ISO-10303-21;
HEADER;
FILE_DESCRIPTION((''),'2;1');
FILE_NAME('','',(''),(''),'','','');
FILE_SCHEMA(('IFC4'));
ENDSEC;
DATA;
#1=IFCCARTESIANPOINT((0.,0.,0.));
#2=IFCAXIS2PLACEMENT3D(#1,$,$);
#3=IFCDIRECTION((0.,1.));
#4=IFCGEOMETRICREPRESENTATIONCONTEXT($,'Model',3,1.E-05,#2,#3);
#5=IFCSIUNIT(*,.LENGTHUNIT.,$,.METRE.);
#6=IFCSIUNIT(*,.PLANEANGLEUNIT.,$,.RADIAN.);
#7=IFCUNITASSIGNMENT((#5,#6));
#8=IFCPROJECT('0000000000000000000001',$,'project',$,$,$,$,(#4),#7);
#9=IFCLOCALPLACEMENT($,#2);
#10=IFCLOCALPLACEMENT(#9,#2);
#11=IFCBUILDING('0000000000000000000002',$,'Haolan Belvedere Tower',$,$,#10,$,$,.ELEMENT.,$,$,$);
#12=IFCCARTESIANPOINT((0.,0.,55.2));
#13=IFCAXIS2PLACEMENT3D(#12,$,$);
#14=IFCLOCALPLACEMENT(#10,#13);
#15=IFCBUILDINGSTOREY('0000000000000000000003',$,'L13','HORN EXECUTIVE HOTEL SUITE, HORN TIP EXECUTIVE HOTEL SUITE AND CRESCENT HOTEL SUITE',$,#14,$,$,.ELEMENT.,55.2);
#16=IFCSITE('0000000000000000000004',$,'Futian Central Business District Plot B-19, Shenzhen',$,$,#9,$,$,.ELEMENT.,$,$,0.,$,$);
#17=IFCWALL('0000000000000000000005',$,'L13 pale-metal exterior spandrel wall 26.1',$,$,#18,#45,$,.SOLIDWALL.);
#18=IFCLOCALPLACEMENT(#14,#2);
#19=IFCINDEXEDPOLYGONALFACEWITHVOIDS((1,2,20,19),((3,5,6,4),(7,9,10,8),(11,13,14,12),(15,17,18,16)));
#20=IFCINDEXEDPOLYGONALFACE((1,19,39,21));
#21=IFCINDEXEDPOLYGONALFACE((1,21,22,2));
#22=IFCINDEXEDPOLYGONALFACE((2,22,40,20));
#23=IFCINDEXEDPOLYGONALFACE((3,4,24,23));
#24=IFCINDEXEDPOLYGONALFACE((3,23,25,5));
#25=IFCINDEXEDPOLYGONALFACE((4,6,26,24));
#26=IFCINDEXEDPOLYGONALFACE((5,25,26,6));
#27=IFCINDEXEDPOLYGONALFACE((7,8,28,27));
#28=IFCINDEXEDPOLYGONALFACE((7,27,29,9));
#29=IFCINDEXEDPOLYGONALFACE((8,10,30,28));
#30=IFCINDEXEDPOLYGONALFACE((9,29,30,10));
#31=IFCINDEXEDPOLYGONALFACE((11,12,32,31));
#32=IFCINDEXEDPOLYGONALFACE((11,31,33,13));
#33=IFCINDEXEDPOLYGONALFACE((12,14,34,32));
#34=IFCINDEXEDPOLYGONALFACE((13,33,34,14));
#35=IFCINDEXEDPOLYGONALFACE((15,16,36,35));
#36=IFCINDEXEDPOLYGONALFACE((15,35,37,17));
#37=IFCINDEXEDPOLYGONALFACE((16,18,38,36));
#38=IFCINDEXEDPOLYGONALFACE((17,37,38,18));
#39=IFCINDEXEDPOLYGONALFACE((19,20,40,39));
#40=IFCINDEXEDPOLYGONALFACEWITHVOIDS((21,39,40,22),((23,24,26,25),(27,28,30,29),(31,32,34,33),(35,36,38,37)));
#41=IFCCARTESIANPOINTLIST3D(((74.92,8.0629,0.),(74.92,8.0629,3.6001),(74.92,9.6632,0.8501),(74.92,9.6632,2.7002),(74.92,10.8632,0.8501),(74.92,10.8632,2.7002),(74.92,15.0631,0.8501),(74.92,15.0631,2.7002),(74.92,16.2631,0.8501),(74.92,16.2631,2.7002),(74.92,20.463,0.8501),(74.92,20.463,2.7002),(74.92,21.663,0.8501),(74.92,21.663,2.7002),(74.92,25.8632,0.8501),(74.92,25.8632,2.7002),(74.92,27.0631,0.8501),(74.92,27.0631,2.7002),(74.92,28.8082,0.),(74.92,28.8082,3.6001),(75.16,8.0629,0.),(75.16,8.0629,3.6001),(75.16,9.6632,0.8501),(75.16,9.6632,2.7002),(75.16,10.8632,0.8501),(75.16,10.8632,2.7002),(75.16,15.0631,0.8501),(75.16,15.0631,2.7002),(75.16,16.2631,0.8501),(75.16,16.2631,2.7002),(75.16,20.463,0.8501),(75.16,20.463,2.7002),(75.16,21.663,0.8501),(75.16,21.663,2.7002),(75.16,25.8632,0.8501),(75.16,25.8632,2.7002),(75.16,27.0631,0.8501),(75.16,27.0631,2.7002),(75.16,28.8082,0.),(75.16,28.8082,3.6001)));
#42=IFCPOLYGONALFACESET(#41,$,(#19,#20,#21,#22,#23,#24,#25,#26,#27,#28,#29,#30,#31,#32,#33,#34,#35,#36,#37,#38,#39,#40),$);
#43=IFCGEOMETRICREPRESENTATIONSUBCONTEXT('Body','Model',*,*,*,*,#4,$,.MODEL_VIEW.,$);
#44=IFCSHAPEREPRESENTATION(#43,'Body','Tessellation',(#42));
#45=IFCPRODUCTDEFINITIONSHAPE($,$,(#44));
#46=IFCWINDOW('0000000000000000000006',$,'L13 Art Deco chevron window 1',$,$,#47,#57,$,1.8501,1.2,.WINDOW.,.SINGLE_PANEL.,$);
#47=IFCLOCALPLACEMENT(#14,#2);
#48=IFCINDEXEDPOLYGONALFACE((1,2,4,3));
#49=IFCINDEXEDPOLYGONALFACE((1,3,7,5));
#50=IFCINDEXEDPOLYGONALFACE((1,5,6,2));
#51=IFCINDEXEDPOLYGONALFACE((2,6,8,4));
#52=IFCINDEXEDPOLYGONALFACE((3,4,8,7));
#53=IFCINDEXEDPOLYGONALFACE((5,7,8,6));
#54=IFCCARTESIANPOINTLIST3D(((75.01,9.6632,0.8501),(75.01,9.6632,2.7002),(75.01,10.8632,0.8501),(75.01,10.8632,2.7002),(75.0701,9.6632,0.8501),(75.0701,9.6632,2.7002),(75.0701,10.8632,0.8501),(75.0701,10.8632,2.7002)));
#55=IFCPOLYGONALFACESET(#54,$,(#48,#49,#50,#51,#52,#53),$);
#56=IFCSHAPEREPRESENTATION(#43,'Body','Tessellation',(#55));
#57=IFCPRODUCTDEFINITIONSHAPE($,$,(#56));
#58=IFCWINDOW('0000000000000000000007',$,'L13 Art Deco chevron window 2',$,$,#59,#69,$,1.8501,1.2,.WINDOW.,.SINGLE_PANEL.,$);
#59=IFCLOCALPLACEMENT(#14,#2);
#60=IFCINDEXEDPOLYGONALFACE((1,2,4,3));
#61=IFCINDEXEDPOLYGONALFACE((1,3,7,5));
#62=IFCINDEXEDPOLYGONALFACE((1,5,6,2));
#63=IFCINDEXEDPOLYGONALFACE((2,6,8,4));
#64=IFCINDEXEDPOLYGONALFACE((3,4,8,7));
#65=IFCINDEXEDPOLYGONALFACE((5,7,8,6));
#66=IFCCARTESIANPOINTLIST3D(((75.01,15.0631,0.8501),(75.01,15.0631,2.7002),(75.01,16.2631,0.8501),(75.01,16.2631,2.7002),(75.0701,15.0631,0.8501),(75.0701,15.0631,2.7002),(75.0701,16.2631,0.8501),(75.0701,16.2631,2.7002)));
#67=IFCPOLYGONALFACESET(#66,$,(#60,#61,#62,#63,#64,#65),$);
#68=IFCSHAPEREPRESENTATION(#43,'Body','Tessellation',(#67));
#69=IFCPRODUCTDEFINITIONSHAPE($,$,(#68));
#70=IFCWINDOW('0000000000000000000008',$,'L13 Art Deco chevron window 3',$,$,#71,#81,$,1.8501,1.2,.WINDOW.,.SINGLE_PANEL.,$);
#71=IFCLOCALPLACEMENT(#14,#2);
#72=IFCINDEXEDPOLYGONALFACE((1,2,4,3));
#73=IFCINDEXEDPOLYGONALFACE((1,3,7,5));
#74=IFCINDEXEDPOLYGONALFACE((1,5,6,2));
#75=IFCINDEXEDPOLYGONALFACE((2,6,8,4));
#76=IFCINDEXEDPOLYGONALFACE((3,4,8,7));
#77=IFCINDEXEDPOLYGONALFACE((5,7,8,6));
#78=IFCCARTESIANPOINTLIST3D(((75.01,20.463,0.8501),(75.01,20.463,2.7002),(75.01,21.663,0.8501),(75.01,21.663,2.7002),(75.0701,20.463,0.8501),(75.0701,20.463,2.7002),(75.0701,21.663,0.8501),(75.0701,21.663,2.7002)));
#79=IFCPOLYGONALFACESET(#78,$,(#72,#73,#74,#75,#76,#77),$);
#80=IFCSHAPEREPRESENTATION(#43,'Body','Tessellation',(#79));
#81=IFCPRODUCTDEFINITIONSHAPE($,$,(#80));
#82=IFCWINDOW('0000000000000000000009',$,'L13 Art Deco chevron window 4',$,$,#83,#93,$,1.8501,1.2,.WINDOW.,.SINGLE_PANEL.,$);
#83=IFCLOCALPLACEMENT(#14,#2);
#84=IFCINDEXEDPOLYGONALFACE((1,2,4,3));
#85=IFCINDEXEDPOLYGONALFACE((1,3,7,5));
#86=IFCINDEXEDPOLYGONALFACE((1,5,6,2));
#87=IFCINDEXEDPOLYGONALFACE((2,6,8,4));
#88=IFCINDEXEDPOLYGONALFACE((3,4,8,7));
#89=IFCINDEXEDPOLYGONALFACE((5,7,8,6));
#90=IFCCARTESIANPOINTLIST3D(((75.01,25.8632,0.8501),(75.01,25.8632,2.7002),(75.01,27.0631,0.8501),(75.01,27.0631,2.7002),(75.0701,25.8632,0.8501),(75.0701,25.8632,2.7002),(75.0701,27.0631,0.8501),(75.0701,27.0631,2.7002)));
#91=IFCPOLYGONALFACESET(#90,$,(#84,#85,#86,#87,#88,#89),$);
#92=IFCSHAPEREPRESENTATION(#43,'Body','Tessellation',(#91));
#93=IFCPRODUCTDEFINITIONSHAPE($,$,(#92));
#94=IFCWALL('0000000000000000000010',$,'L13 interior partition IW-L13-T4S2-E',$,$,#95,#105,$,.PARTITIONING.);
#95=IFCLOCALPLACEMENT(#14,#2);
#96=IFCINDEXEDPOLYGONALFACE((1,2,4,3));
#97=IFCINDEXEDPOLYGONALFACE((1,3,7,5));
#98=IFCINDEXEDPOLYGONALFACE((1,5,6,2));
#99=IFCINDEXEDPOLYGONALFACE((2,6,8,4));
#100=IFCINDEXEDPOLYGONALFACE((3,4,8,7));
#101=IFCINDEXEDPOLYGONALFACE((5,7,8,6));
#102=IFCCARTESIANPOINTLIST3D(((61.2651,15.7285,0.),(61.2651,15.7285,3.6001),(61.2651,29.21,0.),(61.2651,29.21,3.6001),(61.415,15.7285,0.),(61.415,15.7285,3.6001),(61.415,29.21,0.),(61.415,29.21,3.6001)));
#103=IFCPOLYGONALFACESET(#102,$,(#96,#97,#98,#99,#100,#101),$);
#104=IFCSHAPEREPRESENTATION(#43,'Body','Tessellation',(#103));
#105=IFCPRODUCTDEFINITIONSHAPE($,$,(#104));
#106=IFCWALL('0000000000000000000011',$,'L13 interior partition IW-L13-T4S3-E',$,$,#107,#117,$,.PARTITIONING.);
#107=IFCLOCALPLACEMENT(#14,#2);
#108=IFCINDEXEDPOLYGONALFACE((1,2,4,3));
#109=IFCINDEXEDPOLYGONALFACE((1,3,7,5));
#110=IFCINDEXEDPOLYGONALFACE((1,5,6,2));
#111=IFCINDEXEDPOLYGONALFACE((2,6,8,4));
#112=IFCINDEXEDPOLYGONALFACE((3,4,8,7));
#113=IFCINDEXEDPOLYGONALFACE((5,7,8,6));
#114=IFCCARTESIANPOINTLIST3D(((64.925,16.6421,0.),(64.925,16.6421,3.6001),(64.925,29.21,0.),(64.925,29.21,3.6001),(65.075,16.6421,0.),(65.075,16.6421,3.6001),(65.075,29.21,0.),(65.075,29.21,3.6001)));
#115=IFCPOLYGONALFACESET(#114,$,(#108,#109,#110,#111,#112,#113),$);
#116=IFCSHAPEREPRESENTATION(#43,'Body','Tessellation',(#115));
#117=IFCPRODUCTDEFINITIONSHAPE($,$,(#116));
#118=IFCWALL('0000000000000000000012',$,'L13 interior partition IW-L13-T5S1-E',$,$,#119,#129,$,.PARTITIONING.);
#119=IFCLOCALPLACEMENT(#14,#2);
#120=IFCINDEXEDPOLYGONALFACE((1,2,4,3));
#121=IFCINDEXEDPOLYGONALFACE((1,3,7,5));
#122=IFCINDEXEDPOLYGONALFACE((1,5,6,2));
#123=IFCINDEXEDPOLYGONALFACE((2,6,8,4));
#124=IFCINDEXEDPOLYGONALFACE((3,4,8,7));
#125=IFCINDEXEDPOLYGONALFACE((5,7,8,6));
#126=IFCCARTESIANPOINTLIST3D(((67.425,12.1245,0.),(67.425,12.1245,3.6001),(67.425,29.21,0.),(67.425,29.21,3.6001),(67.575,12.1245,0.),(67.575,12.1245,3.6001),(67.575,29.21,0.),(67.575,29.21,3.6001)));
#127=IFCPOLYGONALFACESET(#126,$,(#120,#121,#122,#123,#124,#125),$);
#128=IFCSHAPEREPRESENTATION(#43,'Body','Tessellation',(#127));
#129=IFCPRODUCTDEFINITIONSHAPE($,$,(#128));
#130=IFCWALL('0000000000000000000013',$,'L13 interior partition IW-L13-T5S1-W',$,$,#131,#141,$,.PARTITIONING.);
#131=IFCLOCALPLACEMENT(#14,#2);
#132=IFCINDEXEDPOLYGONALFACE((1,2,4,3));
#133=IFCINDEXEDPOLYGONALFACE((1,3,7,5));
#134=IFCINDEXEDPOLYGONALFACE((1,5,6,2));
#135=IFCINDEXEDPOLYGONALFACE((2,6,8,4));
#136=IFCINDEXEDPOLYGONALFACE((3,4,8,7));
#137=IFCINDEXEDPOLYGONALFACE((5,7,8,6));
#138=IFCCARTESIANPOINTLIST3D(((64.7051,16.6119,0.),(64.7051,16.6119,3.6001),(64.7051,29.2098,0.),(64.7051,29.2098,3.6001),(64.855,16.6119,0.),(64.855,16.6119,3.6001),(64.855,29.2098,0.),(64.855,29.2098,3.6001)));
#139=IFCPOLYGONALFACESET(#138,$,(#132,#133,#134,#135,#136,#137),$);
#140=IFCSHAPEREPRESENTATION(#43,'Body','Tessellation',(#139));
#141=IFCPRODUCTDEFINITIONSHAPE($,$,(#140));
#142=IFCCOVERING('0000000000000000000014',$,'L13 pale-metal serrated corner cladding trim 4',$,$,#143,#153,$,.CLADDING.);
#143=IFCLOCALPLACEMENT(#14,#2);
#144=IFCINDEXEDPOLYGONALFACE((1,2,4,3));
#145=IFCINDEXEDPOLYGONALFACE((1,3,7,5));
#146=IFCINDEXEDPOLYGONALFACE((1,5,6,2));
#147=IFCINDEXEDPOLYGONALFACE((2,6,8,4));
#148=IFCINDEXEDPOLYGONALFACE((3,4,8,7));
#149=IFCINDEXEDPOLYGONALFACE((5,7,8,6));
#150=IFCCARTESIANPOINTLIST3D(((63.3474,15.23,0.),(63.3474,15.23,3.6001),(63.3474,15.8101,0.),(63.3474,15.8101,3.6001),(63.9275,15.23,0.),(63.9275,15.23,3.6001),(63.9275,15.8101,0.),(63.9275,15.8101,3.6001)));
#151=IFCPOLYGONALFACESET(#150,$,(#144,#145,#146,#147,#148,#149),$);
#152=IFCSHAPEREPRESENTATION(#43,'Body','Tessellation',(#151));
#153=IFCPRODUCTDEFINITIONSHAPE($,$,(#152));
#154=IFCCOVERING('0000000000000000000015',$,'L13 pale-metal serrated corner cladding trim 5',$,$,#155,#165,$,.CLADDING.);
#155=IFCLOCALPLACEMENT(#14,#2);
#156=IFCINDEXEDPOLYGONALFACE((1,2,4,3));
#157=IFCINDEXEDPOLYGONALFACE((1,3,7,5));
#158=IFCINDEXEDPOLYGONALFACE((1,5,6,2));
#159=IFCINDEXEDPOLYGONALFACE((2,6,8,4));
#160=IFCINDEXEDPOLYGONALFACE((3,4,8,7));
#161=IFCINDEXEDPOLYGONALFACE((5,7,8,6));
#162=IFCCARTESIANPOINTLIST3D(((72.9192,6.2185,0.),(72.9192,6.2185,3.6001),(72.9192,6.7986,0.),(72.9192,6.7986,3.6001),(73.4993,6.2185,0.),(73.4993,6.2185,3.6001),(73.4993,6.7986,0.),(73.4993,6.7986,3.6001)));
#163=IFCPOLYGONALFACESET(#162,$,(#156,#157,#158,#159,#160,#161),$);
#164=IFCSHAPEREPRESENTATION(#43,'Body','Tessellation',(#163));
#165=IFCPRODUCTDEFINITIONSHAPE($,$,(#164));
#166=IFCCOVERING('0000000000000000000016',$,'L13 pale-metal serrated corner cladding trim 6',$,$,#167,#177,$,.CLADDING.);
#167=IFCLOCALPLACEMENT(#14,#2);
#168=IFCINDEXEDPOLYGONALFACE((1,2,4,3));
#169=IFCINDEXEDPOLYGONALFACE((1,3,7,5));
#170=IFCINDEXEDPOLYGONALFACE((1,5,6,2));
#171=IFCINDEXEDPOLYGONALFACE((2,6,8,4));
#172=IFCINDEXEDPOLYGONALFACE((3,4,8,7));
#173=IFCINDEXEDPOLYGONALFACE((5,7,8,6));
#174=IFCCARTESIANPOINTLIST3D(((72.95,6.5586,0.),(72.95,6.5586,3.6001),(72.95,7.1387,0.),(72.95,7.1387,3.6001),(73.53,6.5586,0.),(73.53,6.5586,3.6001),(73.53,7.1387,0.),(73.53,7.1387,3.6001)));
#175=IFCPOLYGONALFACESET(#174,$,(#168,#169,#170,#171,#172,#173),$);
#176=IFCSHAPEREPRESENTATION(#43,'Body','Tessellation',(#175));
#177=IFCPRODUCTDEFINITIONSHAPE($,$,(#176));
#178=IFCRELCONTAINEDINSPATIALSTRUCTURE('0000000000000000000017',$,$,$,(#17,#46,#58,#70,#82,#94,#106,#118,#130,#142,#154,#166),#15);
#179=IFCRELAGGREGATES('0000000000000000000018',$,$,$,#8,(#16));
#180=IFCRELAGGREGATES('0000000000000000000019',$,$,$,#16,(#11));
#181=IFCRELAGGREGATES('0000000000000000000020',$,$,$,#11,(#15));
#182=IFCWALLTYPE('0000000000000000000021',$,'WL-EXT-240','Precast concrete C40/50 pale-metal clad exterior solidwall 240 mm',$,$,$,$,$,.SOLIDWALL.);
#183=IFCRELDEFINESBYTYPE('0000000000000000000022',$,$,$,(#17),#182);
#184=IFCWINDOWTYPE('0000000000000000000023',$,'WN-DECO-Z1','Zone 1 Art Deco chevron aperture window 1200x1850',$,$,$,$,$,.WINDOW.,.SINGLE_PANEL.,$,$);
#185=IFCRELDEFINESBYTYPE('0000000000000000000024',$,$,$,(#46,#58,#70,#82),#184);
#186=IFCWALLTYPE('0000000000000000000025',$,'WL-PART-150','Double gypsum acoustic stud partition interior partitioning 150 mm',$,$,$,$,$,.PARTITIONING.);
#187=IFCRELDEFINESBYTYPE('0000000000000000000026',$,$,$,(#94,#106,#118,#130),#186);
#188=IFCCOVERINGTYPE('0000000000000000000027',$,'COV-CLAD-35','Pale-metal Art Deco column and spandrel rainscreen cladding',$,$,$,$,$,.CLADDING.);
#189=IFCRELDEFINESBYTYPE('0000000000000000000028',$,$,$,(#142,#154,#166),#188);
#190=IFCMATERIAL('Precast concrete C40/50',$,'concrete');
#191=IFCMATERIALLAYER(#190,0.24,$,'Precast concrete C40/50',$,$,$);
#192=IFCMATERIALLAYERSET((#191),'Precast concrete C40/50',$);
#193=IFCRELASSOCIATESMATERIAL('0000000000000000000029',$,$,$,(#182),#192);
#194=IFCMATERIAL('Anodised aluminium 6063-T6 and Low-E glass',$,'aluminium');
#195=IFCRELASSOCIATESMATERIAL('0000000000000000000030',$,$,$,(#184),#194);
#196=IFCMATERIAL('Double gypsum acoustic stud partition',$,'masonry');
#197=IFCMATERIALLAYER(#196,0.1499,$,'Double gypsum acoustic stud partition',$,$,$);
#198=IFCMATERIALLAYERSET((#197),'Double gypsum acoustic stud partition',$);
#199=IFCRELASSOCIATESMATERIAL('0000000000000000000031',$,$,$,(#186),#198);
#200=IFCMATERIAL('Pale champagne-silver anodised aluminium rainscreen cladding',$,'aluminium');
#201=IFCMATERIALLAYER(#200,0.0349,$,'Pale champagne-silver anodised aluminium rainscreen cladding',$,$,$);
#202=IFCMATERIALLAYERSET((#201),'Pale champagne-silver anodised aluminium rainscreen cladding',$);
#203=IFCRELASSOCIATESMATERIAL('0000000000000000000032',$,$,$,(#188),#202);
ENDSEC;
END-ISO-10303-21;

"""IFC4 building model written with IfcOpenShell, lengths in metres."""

from ifc_helpers import new_model, si_unit, direction, frame, frame_2d, origin, origin_2d, place, context, subcontext, project, spatial, rectangle, extrude, material, layer, layer_set, type_object, element, fill, save


model = new_model("IFC4")

# Units and contexts
model_context = context("Model", 3, precision=1e-05, world=origin(), true_north=direction((0.0, 1.0)))
body_context = subcontext(model_context, "Body", "Model", "MODEL_VIEW")
ifc_project = project(units=[si_unit("LENGTHUNIT", "METRE"), si_unit("PLANEANGLEUNIT", "RADIAN")], contexts=[model_context])

# Site, building, storey
site_placement = place(None, origin())
site = spatial("IfcSite", under=ifc_project, at=site_placement, Name="Futian Central Business District Plot B-19, Shenzhen", CompositionType="ELEMENT", RefElevation=0.0)
building_placement = place(site_placement, origin())
building = spatial("IfcBuilding", under=site, at=building_placement, Name="Haolan Belvedere Tower", CompositionType="ELEMENT")
storey_placement = place(building_placement, frame((0.0, 0.0, 55.2)))
storey = spatial("IfcBuildingStorey", under=building, at=storey_placement, Name="L13", Description="HORN EXECUTIVE HOTEL SUITE, HORN TIP EXECUTIVE HOTEL SUITE AND CRESCENT HOTEL SUITE", CompositionType="ELEMENT", Elevation=55.2)

# Shared definitions
ifc_material_1 = material(Name="Precast concrete C40/50", Category="concrete")
ifc_layer_1 = layer(ifc_material_1, 0.24, Name="Precast concrete C40/50")
ifc_layer_set_1 = layer_set([ifc_layer_1], Name="Precast concrete C40/50")
wall_type_1 = type_object("IfcWallType", Name="WL-EXT-240", Description="Precast concrete C40/50 pale-metal clad exterior solidwall 240 mm", PredefinedType="SOLIDWALL", material=ifc_layer_set_1)

# Shared definitions
ifc_material_2 = material(Name="Anodised aluminium 6063-T6 and Low-E glass", Category="aluminium")
window_type = type_object("IfcWindowType", Name="WN-DECO-Z1", Description="Zone 1 Art Deco chevron aperture window 1200x1850", PartitioningType="SINGLE_PANEL", PredefinedType="WINDOW", material=ifc_material_2)

# Wall, openings, windows
wall_1_placement = place(storey_placement, frame((75.04, 8.063, 0.0), z_axis=(0.0, 0.0, 1.0), x_axis=(0.0, 1.0, 0.0)))
wall_1 = element("IfcWall", 1, at=wall_1_placement, inside=storey, type_object=wall_type_1, Name="L13 pale-metal exterior spandrel wall 26.1", PredefinedType="SOLIDWALL", context=body_context, shape_type="SweptSolid", body=[
    extrude(rectangle(XDim=20.7454, YDim=0.24, at=frame_2d((10.3726, 0.0))), origin(), (0.0, 0.0, 1.0), 3.6001),
])
opening_1_placement = place(wall_1_placement, frame((1.6001, 0.0, 0.8501)))
opening_1 = element("IfcOpeningElement", 2, at=opening_1_placement, cuts=wall_1, PredefinedType="OPENING", context=body_context, shape_type="SweptSolid", body=[
    extrude(rectangle(XDim=1.2, YDim=1.8501, at=frame_2d((0.6001, 0.925))), frame((0.0, 0.1299, 0.0), z_axis=(0.0, -1.0, 0.0), x_axis=(1.0, 0.0, 0.0)), (0.0, 0.0, 1.0), 0.26),
])
opening_2_placement = place(wall_1_placement, frame((7.0, 0.0, 0.8501)))
opening_2 = element("IfcOpeningElement", 3, at=opening_2_placement, cuts=wall_1, PredefinedType="OPENING", context=body_context, shape_type="SweptSolid", body=[
    extrude(rectangle(XDim=1.2, YDim=1.8501, at=frame_2d((0.6001, 0.925))), frame((0.0, 0.1299, 0.0), z_axis=(0.0, -1.0, 0.0), x_axis=(1.0, 0.0, 0.0)), (0.0, 0.0, 1.0), 0.26),
])
opening_3_placement = place(wall_1_placement, frame((12.3999, 0.0, 0.8501)))
opening_3 = element("IfcOpeningElement", 4, at=opening_3_placement, cuts=wall_1, PredefinedType="OPENING", context=body_context, shape_type="SweptSolid", body=[
    extrude(rectangle(XDim=1.2, YDim=1.8501, at=frame_2d((0.6001, 0.925))), frame((0.0, 0.1299, 0.0), z_axis=(0.0, -1.0, 0.0), x_axis=(1.0, 0.0, 0.0)), (0.0, 0.0, 1.0), 0.26),
])
opening_4_placement = place(wall_1_placement, frame((17.8, 0.0, 0.8501)))
opening_4 = element("IfcOpeningElement", 5, at=opening_4_placement, cuts=wall_1, PredefinedType="OPENING", context=body_context, shape_type="SweptSolid", body=[
    extrude(rectangle(XDim=1.2, YDim=1.8501, at=frame_2d((0.6001, 0.925))), frame((0.0, 0.1299, 0.0), z_axis=(0.0, -1.0, 0.0), x_axis=(1.0, 0.0, 0.0)), (0.0, 0.0, 1.0), 0.26),
])
window_1_placement = place(opening_1_placement, origin())
window_1 = element("IfcWindow", 6, at=window_1_placement, inside=storey, type_object=window_type, Name="L13 Art Deco chevron window 1", OverallHeight=1.8501, OverallWidth=1.2, PartitioningType="SINGLE_PANEL", PredefinedType="WINDOW", context=body_context, shape_type="SweptSolid", body=[
    extrude(rectangle(XDim=1.2, YDim=1.8501, at=frame_2d((0.6001, 0.925))), frame((0.0, 0.03, 0.0), z_axis=(0.0, -1.0, 0.0), x_axis=(1.0, 0.0, 0.0)), (0.0, 0.0, 1.0), 0.0601),
])
fill(opening_1, window_1)
window_2_placement = place(opening_2_placement, origin())
window_2 = element("IfcWindow", 7, at=window_2_placement, inside=storey, type_object=window_type, Name="L13 Art Deco chevron window 2", OverallHeight=1.8501, OverallWidth=1.2, PartitioningType="SINGLE_PANEL", PredefinedType="WINDOW", context=body_context, shape_type="SweptSolid", body=[
    extrude(rectangle(XDim=1.2, YDim=1.8501, at=frame_2d((0.6001, 0.925))), frame((0.0, 0.03, 0.0), z_axis=(0.0, -1.0, 0.0), x_axis=(1.0, 0.0, 0.0)), (0.0, 0.0, 1.0), 0.0601),
])
fill(opening_2, window_2)
window_3_placement = place(opening_3_placement, origin())
window_3 = element("IfcWindow", 8, at=window_3_placement, inside=storey, type_object=window_type, Name="L13 Art Deco chevron window 3", OverallHeight=1.8501, OverallWidth=1.2, PartitioningType="SINGLE_PANEL", PredefinedType="WINDOW", context=body_context, shape_type="SweptSolid", body=[
    extrude(rectangle(XDim=1.2, YDim=1.8501, at=frame_2d((0.6001, 0.925))), frame((0.0, 0.03, 0.0), z_axis=(0.0, -1.0, 0.0), x_axis=(1.0, 0.0, 0.0)), (0.0, 0.0, 1.0), 0.0601),
])
fill(opening_3, window_3)
window_4_placement = place(opening_4_placement, origin())
window_4 = element("IfcWindow", 9, at=window_4_placement, inside=storey, type_object=window_type, Name="L13 Art Deco chevron window 4", OverallHeight=1.8501, OverallWidth=1.2, PartitioningType="SINGLE_PANEL", PredefinedType="WINDOW", context=body_context, shape_type="SweptSolid", body=[
    extrude(rectangle(XDim=1.2, YDim=1.8501, at=frame_2d((0.6001, 0.925))), frame((0.0, 0.03, 0.0), z_axis=(0.0, -1.0, 0.0), x_axis=(1.0, 0.0, 0.0)), (0.0, 0.0, 1.0), 0.0601),
])
fill(opening_4, window_4)

# Walls
ifc_material_3 = material(Name="Double gypsum acoustic stud partition", Category="masonry")
ifc_layer_2 = layer(ifc_material_3, 0.1499, Name="Double gypsum acoustic stud partition")
ifc_layer_set_2 = layer_set([ifc_layer_2], Name="Double gypsum acoustic stud partition")
wall_type_2 = type_object("IfcWallType", Name="WL-PART-150", Description="Double gypsum acoustic stud partition interior partitioning 150 mm", PredefinedType="PARTITIONING", material=ifc_layer_set_2)
wall_2_placement = place(storey_placement, frame((61.3401, 15.7285, 0.0), z_axis=(0.0, 0.0, 1.0), x_axis=(0.0, 1.0, 0.0)))
element("IfcWall", 10, at=wall_2_placement, inside=storey, type_object=wall_type_2, Name="L13 interior partition IW-L13-T4S2-E", PredefinedType="PARTITIONING", context=body_context, shape_type="SweptSolid", body=[
    extrude(rectangle(XDim=13.4814, YDim=0.1499, at=frame_2d((6.7407, 0.0))), origin(), (0.0, 0.0, 1.0), 3.6001),
])
wall_3_placement = place(storey_placement, frame((65.0, 16.6421, 0.0), z_axis=(0.0, 0.0, 1.0), x_axis=(0.0, 1.0, 0.0)))
element("IfcWall", 11, at=wall_3_placement, inside=storey, type_object=wall_type_2, Name="L13 interior partition IW-L13-T4S3-E", PredefinedType="PARTITIONING", context=body_context, shape_type="SweptSolid", body=[
    extrude(rectangle(XDim=12.5679, YDim=0.1499, at=frame_2d((6.2839, 0.0))), origin(), (0.0, 0.0, 1.0), 3.6001),
])
wall_4_placement = place(storey_placement, frame((67.5, 12.1245, 0.0), z_axis=(0.0, 0.0, 1.0), x_axis=(0.0, 1.0, 0.0)))
element("IfcWall", 12, at=wall_4_placement, inside=storey, type_object=wall_type_2, Name="L13 interior partition IW-L13-T5S1-E", PredefinedType="PARTITIONING", context=body_context, shape_type="SweptSolid", body=[
    extrude(rectangle(XDim=17.0854, YDim=0.1499, at=frame_2d((8.5427, 0.0))), origin(), (0.0, 0.0, 1.0), 3.6001),
])
wall_5_placement = place(storey_placement, frame((64.78, 16.6121, 0.0), z_axis=(0.0, 0.0, 1.0), x_axis=(0.0, 1.0, 0.0)))
element("IfcWall", 13, at=wall_5_placement, inside=storey, type_object=wall_type_2, Name="L13 interior partition IW-L13-T5S1-W", PredefinedType="PARTITIONING", context=body_context, shape_type="SweptSolid", body=[
    extrude(rectangle(XDim=12.5979, YDim=0.1499, at=frame_2d((6.2988, 0.0))), origin(), (0.0, 0.0, 1.0), 3.6001),
])

# Coverings
ifc_material_4 = material(Name="Pale champagne-silver anodised aluminium rainscreen cladding", Category="aluminium")
ifc_layer_3 = layer(ifc_material_4, 0.0349, Name="Pale champagne-silver anodised aluminium rainscreen cladding")
ifc_layer_set_3 = layer_set([ifc_layer_3], Name="Pale champagne-silver anodised aluminium rainscreen cladding")
covering_type = type_object("IfcCoveringType", Name="COV-CLAD-35", Description="Pale-metal Art Deco column and spandrel rainscreen cladding", PredefinedType="CLADDING", material=ifc_layer_set_3)
for number, where, z_axis, x_axis, name in (
    (14, (63.6375, 15.52, 0.0), (0.0, 0.0, 1.0), (1.0, 0.0, 0.0), "L13 pale-metal serrated corner cladding trim 4"),
    (15, (73.2092, 6.5085, 0.0), (0.0, 0.0, 1.0), (1.0, 0.0, 0.0), "L13 pale-metal serrated corner cladding trim 5"),
    (16, (73.24, 6.8486, 0.0), (0.0, 0.0, 1.0), (1.0, 0.0, 0.0), "L13 pale-metal serrated corner cladding trim 6"),
):
    element("IfcCovering", number, at=place(storey_placement, frame(where, z_axis=z_axis, x_axis=x_axis)), inside=storey, type_object=covering_type, Name=name, PredefinedType="CLADDING", context=body_context, shape_type="SweptSolid", body=[
        extrude(rectangle(XDim=0.5801, YDim=0.5801, at=origin_2d()), origin(), (0.0, 0.0, 1.0), 3.6001),
    ])

save(model, "model.ifc")
